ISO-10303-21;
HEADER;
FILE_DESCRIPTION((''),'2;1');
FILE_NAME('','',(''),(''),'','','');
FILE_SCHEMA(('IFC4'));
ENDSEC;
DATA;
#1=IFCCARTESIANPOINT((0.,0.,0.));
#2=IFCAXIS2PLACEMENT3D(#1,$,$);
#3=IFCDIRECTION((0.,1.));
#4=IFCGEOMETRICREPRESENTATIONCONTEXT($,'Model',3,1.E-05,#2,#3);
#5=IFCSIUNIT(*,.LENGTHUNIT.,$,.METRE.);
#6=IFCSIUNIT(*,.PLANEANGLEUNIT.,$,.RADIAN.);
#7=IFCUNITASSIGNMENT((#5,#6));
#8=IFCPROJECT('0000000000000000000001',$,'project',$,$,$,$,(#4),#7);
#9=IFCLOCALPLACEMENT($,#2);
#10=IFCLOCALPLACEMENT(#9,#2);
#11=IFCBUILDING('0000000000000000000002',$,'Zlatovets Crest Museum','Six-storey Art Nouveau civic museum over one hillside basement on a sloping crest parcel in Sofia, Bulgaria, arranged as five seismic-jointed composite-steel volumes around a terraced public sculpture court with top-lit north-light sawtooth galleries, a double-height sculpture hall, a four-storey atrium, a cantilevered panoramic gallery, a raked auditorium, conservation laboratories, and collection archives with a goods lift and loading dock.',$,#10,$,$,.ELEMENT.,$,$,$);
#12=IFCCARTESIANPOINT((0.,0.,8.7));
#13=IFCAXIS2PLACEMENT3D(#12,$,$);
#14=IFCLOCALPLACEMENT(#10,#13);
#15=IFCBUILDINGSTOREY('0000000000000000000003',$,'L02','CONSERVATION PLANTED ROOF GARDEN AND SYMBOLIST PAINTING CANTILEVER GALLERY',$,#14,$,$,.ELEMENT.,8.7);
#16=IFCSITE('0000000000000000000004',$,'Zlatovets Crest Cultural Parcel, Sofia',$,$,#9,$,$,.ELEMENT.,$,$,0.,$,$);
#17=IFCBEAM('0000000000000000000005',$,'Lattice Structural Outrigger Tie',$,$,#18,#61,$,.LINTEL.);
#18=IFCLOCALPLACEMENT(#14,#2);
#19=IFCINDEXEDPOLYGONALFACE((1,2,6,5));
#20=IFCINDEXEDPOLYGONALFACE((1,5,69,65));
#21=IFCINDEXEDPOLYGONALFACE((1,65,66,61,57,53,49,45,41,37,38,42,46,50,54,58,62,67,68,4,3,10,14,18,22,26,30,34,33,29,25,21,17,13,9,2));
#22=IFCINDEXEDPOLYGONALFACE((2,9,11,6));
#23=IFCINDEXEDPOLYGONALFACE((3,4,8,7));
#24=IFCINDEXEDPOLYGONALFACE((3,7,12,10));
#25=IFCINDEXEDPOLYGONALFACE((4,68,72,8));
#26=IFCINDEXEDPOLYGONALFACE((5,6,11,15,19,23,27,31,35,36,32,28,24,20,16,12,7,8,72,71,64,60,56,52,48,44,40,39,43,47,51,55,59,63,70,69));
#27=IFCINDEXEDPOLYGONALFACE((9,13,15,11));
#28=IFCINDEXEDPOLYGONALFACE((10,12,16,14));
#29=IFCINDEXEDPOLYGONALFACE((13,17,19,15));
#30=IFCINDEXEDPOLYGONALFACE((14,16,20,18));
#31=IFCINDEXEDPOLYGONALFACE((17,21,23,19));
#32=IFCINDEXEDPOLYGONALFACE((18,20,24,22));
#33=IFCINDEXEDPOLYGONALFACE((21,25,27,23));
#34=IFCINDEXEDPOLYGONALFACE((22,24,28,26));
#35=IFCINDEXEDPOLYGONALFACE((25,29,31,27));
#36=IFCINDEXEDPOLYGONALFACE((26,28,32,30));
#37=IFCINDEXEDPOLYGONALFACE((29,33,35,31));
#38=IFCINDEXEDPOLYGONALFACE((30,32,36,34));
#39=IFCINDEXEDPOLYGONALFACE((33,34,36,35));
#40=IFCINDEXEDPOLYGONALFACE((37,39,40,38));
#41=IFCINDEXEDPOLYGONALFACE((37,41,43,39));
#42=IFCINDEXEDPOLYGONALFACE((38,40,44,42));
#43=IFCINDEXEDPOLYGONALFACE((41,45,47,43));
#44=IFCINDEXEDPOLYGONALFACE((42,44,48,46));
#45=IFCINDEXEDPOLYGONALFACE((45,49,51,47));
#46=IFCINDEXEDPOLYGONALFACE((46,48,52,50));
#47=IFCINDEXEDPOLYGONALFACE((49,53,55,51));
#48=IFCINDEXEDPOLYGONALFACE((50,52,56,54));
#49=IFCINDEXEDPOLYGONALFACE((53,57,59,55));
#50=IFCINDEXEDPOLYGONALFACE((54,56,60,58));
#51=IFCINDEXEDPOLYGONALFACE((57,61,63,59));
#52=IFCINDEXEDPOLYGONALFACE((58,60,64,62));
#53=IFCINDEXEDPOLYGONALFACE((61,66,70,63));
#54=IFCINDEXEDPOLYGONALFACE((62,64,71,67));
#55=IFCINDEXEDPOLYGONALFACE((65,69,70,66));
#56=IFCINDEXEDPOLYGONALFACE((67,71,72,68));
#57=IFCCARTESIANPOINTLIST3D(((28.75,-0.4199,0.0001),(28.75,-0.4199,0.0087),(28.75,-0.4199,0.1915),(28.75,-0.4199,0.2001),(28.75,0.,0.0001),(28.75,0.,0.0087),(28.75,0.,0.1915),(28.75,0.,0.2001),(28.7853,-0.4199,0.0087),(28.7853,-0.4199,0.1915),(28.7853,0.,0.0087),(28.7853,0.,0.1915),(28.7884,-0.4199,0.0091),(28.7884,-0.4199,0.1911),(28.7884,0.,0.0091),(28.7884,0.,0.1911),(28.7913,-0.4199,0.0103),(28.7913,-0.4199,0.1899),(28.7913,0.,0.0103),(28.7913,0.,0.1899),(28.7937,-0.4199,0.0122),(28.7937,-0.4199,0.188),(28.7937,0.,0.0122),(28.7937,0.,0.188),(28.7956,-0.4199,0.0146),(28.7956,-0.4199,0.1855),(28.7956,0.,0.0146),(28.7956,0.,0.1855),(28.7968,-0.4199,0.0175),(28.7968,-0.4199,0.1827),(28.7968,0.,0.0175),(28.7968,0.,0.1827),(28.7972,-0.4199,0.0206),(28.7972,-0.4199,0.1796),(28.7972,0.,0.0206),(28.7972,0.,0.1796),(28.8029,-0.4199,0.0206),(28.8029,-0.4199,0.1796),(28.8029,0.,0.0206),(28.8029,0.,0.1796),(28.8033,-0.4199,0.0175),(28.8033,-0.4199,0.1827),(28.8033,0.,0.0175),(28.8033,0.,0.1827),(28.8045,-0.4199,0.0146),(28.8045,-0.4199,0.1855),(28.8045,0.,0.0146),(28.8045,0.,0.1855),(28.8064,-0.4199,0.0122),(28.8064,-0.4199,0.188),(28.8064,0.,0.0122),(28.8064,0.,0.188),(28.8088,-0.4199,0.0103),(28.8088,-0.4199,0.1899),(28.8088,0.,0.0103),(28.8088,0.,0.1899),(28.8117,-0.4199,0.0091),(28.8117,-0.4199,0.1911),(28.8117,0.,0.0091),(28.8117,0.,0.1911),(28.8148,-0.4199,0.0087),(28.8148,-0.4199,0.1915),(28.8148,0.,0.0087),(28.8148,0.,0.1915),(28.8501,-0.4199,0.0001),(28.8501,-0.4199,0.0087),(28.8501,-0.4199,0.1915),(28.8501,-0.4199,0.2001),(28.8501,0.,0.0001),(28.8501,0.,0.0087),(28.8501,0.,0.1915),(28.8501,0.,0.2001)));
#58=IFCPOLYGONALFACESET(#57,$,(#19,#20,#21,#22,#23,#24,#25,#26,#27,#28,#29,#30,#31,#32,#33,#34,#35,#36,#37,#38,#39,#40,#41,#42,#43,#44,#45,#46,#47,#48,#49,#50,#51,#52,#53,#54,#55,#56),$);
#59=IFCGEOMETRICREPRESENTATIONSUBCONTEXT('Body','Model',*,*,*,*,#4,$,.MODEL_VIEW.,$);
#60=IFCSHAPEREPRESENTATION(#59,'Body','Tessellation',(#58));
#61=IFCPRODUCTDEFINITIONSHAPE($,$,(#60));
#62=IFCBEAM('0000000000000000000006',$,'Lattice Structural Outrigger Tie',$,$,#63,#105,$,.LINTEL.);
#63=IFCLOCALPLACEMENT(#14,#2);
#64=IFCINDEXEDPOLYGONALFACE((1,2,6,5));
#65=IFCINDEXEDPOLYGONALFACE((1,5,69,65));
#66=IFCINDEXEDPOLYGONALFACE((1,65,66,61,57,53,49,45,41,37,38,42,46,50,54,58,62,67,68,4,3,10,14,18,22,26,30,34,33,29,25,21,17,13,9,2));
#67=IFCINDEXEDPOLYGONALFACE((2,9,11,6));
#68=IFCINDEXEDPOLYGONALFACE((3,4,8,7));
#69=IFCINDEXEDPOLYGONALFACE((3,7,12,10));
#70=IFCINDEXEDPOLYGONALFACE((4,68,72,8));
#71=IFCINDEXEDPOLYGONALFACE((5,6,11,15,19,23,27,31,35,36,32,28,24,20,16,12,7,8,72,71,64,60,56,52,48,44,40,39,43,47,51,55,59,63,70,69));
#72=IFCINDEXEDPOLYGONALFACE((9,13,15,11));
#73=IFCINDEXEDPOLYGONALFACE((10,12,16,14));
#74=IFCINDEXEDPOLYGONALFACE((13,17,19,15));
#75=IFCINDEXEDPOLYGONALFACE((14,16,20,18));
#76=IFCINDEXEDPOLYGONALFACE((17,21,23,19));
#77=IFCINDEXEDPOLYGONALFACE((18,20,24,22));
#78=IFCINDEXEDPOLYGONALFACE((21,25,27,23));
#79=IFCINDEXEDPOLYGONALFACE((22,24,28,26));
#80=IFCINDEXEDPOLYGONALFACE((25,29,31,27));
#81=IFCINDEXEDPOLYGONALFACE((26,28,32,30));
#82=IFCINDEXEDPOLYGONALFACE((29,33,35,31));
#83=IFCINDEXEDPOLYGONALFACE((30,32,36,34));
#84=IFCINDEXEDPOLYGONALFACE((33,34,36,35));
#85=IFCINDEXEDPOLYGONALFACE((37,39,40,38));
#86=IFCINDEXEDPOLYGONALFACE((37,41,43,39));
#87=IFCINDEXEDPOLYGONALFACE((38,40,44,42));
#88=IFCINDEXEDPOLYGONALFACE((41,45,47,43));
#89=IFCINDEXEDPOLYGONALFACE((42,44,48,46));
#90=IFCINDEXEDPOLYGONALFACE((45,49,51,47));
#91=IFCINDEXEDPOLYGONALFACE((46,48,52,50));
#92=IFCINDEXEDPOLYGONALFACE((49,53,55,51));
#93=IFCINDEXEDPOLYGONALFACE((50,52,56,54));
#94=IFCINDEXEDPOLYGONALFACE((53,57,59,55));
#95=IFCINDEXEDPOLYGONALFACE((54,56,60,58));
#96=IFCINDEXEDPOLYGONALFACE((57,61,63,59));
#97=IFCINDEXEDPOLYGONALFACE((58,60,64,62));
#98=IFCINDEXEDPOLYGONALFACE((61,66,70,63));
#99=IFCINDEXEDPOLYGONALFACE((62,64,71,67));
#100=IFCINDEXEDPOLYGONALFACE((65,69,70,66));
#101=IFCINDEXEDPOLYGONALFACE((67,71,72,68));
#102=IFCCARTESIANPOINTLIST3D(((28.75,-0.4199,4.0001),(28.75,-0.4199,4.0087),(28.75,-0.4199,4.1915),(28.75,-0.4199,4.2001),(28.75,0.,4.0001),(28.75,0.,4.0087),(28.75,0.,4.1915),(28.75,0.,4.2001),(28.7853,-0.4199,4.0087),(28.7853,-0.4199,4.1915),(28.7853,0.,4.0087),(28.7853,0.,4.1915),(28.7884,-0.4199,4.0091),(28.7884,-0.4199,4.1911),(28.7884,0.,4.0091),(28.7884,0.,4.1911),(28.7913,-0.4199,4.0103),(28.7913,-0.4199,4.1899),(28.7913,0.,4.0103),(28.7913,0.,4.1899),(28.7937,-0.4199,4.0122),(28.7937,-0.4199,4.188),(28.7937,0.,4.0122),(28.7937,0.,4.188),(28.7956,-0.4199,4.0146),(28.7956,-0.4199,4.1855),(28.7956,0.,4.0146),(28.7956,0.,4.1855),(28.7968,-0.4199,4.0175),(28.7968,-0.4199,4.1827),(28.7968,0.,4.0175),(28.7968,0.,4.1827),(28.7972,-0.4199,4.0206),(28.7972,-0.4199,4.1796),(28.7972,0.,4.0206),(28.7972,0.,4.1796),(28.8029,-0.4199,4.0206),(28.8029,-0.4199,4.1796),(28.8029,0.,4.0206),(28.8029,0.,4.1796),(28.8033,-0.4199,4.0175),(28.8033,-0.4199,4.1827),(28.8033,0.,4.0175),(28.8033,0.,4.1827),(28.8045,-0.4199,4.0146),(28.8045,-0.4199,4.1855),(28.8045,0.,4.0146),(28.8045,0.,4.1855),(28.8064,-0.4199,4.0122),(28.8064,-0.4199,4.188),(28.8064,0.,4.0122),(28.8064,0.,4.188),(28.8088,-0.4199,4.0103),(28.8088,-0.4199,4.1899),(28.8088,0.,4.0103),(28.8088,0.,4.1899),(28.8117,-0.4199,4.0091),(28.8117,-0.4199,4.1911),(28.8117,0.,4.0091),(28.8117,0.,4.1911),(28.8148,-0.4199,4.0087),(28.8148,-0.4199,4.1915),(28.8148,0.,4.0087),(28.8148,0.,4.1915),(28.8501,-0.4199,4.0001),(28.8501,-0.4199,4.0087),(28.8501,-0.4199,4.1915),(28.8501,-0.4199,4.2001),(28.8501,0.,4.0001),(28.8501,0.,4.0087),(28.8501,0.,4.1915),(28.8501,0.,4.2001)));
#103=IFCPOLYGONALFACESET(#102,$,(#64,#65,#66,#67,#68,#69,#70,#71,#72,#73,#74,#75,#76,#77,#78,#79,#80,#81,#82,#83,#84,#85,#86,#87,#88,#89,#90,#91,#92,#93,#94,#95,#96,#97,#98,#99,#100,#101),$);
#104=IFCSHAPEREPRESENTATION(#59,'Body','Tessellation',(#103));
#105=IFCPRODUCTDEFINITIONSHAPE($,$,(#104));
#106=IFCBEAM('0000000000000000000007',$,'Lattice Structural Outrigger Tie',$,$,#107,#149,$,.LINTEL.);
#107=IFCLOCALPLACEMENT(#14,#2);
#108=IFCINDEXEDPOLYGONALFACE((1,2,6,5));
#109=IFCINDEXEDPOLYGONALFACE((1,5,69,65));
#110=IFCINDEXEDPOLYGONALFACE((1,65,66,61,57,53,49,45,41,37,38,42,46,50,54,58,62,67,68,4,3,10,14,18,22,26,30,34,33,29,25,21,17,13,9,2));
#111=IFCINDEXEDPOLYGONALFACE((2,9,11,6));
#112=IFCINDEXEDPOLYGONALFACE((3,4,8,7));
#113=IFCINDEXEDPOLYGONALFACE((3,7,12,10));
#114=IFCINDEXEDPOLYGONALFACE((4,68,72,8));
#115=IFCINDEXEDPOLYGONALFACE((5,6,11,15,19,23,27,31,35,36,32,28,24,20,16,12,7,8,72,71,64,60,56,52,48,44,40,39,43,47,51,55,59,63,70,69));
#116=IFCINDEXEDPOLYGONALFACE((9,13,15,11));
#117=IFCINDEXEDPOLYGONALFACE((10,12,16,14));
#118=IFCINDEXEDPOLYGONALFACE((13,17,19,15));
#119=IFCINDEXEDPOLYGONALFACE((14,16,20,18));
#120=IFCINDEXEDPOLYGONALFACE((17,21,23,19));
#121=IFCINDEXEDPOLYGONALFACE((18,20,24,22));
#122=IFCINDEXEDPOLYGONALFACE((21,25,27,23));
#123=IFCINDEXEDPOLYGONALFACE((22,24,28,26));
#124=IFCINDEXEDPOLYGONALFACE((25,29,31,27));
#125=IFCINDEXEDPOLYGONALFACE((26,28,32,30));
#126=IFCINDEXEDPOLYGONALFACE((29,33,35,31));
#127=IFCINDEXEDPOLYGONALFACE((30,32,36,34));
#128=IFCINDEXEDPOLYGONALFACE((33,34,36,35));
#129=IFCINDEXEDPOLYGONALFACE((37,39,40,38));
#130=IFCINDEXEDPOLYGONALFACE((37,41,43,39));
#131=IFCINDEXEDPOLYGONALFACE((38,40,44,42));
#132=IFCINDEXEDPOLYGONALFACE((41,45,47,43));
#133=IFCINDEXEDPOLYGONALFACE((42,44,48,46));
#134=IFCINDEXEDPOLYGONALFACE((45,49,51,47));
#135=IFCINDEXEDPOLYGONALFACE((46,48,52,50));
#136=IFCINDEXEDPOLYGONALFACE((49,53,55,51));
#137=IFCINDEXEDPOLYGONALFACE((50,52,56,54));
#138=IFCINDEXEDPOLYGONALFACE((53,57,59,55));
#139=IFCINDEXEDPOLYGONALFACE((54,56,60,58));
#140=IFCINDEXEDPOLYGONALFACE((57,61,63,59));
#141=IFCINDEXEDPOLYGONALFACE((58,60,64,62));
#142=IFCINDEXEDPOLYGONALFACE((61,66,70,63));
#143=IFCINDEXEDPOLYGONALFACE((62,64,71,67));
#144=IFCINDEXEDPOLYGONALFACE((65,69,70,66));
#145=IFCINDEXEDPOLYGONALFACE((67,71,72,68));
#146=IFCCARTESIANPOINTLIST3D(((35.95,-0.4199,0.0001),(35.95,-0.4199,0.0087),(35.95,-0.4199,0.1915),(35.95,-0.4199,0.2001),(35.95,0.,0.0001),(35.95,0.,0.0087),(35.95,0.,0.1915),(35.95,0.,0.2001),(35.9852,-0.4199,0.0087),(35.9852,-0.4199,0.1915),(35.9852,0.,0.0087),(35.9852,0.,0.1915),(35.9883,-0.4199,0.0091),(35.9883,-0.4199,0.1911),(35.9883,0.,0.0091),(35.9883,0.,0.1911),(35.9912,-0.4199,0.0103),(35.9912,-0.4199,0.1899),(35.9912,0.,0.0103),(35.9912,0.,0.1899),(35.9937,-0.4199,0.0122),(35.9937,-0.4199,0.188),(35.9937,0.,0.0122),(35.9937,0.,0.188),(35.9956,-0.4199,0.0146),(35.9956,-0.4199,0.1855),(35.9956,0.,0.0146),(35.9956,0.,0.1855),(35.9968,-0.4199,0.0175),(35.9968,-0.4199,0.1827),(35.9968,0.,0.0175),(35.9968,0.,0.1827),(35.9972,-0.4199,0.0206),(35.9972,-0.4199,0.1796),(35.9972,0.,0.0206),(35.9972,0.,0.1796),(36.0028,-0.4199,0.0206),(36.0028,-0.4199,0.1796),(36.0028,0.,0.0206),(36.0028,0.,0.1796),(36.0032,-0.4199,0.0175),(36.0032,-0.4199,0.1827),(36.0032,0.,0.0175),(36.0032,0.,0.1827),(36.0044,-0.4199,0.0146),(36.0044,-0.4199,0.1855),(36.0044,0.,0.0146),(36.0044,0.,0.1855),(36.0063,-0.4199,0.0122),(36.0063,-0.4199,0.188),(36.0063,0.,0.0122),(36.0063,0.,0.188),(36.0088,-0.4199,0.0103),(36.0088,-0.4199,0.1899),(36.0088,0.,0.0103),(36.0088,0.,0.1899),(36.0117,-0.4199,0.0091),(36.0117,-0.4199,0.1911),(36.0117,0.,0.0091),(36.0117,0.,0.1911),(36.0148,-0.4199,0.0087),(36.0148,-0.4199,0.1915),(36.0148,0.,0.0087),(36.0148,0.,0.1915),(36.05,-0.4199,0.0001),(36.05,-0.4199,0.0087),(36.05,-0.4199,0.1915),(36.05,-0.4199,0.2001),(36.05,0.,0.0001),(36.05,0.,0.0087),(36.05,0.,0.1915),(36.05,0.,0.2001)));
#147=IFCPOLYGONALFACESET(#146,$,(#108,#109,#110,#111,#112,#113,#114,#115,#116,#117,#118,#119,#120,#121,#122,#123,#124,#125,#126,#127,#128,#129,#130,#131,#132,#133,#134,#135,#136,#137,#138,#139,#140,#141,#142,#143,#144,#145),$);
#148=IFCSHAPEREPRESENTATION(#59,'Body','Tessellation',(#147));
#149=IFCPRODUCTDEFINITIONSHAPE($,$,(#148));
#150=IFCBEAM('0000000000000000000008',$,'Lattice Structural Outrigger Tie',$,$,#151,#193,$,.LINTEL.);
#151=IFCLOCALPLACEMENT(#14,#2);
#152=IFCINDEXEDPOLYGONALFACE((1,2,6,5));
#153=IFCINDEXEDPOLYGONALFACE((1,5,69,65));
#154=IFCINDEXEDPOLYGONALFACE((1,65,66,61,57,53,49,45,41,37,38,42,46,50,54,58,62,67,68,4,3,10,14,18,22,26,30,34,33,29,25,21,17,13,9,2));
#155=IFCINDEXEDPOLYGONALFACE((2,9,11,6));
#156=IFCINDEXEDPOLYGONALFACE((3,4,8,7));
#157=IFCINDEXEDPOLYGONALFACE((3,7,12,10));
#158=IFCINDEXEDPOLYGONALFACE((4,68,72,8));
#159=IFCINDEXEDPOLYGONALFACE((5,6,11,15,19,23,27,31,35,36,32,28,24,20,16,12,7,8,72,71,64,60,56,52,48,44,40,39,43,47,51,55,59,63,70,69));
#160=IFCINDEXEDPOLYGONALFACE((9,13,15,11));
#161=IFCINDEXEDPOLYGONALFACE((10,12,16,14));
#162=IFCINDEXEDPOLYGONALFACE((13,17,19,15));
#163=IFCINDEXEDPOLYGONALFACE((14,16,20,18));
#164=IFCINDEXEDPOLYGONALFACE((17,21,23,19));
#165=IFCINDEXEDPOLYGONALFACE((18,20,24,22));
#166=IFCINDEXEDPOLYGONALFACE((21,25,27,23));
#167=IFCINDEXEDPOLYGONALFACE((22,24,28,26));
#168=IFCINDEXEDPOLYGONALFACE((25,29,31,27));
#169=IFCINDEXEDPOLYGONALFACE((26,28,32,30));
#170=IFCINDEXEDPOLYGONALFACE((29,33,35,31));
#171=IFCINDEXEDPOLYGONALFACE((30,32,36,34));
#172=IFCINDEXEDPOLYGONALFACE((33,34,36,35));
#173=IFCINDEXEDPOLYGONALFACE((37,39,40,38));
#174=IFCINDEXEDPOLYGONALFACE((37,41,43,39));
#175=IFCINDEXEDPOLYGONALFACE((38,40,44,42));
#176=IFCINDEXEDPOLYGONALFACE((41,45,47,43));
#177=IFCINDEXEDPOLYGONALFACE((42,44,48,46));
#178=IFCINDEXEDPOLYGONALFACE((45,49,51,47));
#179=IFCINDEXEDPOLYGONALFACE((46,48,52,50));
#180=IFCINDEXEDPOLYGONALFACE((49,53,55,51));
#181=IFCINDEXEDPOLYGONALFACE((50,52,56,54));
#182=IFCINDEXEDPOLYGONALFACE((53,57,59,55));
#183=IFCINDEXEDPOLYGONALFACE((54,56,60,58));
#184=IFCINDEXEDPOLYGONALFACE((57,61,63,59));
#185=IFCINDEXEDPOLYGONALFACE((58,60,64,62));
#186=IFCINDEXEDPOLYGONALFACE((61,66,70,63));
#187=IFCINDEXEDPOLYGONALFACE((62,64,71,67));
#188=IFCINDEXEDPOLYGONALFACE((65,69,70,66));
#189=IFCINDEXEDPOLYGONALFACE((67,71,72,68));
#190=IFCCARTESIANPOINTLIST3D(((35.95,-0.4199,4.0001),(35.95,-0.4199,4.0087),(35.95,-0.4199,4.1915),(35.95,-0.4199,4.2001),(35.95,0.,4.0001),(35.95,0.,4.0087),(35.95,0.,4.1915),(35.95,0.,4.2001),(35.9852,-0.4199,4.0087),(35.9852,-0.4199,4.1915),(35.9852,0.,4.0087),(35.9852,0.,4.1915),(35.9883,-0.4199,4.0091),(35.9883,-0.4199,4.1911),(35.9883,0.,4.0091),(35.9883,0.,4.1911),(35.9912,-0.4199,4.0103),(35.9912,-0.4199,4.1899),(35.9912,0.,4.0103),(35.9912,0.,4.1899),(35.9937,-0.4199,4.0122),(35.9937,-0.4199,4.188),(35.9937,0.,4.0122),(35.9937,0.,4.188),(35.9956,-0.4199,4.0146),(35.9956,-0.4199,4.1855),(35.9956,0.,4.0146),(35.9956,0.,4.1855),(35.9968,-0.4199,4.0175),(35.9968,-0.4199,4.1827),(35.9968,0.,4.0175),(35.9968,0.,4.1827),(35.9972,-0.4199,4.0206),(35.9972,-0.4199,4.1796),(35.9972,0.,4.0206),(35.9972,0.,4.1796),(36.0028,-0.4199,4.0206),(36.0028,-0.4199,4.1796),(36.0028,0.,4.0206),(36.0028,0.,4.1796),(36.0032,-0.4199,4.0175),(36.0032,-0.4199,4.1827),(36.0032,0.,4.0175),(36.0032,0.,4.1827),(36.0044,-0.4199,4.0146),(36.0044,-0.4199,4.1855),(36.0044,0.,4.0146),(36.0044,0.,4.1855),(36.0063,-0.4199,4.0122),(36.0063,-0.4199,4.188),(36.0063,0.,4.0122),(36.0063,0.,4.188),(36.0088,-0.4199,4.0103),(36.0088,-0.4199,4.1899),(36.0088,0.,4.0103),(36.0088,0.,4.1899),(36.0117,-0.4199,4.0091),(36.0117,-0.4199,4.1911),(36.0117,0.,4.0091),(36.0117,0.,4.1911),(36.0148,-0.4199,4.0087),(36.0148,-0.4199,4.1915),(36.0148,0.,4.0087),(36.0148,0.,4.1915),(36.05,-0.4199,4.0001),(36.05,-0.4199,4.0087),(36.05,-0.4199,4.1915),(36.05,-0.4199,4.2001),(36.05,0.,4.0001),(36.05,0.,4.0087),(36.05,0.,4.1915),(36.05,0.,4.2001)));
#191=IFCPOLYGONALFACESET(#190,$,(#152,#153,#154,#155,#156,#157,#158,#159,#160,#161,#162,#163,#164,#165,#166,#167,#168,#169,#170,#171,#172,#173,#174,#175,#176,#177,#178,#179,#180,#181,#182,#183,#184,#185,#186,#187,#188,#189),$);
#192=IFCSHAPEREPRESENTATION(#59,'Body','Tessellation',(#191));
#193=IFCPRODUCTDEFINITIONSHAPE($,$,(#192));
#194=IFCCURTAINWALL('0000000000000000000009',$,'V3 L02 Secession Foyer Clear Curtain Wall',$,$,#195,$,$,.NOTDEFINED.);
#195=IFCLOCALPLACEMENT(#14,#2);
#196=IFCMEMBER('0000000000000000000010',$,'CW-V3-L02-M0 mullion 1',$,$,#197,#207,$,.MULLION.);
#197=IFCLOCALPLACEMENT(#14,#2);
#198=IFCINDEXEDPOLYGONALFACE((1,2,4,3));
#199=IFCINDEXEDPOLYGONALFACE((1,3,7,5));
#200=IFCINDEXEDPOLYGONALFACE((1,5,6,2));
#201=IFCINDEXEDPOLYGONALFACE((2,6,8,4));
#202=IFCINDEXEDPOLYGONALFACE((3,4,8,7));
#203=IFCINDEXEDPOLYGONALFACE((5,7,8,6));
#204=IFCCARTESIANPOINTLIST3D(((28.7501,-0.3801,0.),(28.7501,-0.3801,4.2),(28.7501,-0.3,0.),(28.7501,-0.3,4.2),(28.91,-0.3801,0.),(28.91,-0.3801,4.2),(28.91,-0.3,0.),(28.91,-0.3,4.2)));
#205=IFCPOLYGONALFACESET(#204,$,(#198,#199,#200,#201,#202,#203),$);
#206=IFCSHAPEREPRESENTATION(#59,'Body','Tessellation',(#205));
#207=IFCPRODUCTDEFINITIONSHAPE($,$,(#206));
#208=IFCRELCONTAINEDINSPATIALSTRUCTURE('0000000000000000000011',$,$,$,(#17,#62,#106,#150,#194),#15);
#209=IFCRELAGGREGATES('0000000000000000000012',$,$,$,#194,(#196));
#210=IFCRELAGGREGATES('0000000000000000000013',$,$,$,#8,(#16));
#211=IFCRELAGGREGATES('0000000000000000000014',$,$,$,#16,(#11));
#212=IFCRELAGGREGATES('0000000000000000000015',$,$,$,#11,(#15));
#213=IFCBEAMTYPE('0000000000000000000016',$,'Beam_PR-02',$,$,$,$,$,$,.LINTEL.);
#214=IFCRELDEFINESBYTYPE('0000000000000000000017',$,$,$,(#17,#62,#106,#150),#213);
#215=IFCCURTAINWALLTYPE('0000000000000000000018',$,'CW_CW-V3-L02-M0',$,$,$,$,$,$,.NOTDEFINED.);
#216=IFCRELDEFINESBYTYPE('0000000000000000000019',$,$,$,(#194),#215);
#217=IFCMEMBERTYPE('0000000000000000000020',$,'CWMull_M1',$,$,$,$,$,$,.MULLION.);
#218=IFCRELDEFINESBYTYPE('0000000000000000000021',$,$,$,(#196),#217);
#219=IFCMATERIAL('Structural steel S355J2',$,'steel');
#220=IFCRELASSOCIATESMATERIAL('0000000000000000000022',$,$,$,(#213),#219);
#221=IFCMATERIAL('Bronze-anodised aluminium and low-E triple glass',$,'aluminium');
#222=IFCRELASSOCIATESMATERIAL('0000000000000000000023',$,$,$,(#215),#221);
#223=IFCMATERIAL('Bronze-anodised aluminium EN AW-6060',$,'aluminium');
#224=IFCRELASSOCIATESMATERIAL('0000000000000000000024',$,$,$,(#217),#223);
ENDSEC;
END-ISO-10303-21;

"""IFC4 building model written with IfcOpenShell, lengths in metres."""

from ifc_helpers import new_model, si_unit, direction, frame, origin, origin_2d, place, context, subcontext, project, spatial, rectangle, i_section, extrude, material, material_profile, profile_set, type_object, element, aggregate, save


model = new_model("IFC4")

# Units and contexts
model_context = context("Model", 3, precision=1e-05, world=origin(), true_north=direction((0.0, 1.0)))
body_context = subcontext(model_context, "Body", "Model", "MODEL_VIEW")
ifc_project = project(units=[si_unit("LENGTHUNIT", "METRE"), si_unit("PLANEANGLEUNIT", "RADIAN")], contexts=[model_context])

# Site, building, storey
site_placement = place(None, origin())
site = spatial("IfcSite", under=ifc_project, at=site_placement, Name="Zlatovets Crest Cultural Parcel, Sofia", CompositionType="ELEMENT", RefElevation=0.0)
building_placement = place(site_placement, origin())
building = spatial("IfcBuilding", under=site, at=building_placement, Name="Zlatovets Crest Museum", Description="Six-storey Art Nouveau civic museum over one hillside basement on a sloping crest parcel in Sofia, Bulgaria, arranged as five seismic-jointed composite-steel volumes around a terraced public sculpture court with top-lit north-light sawtooth galleries, a double-height sculpture hall, a four-storey atrium, a cantilevered panoramic gallery, a raked auditorium, conservation laboratories, and collection archives with a goods lift and loading dock.", CompositionType="ELEMENT")
storey_placement = place(building_placement, frame((0.0, 0.0, 8.7)))
storey = spatial("IfcBuildingStorey", under=building, at=storey_placement, Name="L02", Description="CONSERVATION PLANTED ROOF GARDEN AND SYMBOLIST PAINTING CANTILEVER GALLERY", CompositionType="ELEMENT", Elevation=8.7)

# Shared definitions
ifc_material_1 = material(Name="Structural steel S355J2", Category="steel")

# Beams
ifc_material_profile_1 = material_profile(ifc_material_1, i_section(OverallWidth=0.1001, OverallDepth=0.2, WebThickness=0.0056, FlangeThickness=0.0085, FilletRadius=0.012, at=origin_2d()), Name="IPE 200")
ifc_profile_set_1 = profile_set([ifc_material_profile_1], Name="Structural steel S355J2")
beam_type_1 = type_object("IfcBeamType", Name="Beam_PR-02", PredefinedType="LINTEL", material=ifc_profile_set_1)
for number, where, z_axis, x_axis, name in (
    (1, (28.8, 0.0, 0.1001), (0.0, -1.0, 0.0), (1.0, 0.0, 0.0), "Lattice Structural Outrigger Tie"),
    (2, (28.8, 0.0, 4.1001), (0.0, -1.0, 0.0), (1.0, 0.0, 0.0), "Lattice Structural Outrigger Tie"),
    (3, (36.0, 0.0, 0.1001), (0.0, -1.0, 0.0), (1.0, 0.0, 0.0), "Lattice Structural Outrigger Tie"),
    (4, (36.0, 0.0, 4.1001), (0.0, -1.0, 0.0), (1.0, 0.0, 0.0), "Lattice Structural Outrigger Tie"),
):
    element("IfcBeam", number, at=place(storey_placement, frame(where, z_axis=z_axis, x_axis=x_axis)), inside=storey, type_object=beam_type_1, Name=name, PredefinedType="LINTEL", context=body_context, shape_type="SweptSolid", body=[
        extrude(i_section(OverallWidth=0.1001, OverallDepth=0.2, WebThickness=0.0056, FlangeThickness=0.0085, FilletRadius=0.012, at=origin_2d()), origin(), (0.0, 0.0, 1.0), 0.4199),
    ])

# Curtain wall, member
ifc_material_2 = material(Name="Bronze-anodised aluminium and low-E triple glass", Category="aluminium")
curtain_wall_type = type_object("IfcCurtainWallType", Name="CW_CW-V3-L02-M0", PredefinedType="NOTDEFINED", material=ifc_material_2)
curtain_wall_placement = place(storey_placement, origin())
curtain_wall = element("IfcCurtainWall", 5, at=curtain_wall_placement, inside=storey, type_object=curtain_wall_type, Name="V3 L02 Secession Foyer Clear Curtain Wall", PredefinedType="NOTDEFINED")
ifc_material_3 = material(Name="Bronze-anodised aluminium EN AW-6060", Category="aluminium")
ifc_material_profile_2 = material_profile(ifc_material_3, rectangle(XDim=0.0801, YDim=0.1599, at=origin_2d()), Name="ALU 80x160")
ifc_profile_set_2 = profile_set([ifc_material_profile_2], Name="Bronze-anodised aluminium EN AW-6060")
member_type_1 = type_object("IfcMemberType", Name="CWMull_M1", PredefinedType="MULLION", material=ifc_profile_set_2)
member_1_placement = place(storey_placement, frame((28.8301, -0.3401, 0.0), z_axis=(0.0, 0.0, 1.0), x_axis=(0.0, 1.0, 0.0)))
member_1 = element("IfcMember", 6, at=member_1_placement, type_object=member_type_1, Name="CW-V3-L02-M0 mullion 1", PredefinedType="MULLION", context=body_context, shape_type="SweptSolid", body=[
    extrude(rectangle(XDim=0.0801, YDim=0.1599, at=origin_2d()), origin(), (0.0, 0.0, 1.0), 4.2),
])

aggregate(curtain_wall, [member_1])

save(model, "model.ifc")
